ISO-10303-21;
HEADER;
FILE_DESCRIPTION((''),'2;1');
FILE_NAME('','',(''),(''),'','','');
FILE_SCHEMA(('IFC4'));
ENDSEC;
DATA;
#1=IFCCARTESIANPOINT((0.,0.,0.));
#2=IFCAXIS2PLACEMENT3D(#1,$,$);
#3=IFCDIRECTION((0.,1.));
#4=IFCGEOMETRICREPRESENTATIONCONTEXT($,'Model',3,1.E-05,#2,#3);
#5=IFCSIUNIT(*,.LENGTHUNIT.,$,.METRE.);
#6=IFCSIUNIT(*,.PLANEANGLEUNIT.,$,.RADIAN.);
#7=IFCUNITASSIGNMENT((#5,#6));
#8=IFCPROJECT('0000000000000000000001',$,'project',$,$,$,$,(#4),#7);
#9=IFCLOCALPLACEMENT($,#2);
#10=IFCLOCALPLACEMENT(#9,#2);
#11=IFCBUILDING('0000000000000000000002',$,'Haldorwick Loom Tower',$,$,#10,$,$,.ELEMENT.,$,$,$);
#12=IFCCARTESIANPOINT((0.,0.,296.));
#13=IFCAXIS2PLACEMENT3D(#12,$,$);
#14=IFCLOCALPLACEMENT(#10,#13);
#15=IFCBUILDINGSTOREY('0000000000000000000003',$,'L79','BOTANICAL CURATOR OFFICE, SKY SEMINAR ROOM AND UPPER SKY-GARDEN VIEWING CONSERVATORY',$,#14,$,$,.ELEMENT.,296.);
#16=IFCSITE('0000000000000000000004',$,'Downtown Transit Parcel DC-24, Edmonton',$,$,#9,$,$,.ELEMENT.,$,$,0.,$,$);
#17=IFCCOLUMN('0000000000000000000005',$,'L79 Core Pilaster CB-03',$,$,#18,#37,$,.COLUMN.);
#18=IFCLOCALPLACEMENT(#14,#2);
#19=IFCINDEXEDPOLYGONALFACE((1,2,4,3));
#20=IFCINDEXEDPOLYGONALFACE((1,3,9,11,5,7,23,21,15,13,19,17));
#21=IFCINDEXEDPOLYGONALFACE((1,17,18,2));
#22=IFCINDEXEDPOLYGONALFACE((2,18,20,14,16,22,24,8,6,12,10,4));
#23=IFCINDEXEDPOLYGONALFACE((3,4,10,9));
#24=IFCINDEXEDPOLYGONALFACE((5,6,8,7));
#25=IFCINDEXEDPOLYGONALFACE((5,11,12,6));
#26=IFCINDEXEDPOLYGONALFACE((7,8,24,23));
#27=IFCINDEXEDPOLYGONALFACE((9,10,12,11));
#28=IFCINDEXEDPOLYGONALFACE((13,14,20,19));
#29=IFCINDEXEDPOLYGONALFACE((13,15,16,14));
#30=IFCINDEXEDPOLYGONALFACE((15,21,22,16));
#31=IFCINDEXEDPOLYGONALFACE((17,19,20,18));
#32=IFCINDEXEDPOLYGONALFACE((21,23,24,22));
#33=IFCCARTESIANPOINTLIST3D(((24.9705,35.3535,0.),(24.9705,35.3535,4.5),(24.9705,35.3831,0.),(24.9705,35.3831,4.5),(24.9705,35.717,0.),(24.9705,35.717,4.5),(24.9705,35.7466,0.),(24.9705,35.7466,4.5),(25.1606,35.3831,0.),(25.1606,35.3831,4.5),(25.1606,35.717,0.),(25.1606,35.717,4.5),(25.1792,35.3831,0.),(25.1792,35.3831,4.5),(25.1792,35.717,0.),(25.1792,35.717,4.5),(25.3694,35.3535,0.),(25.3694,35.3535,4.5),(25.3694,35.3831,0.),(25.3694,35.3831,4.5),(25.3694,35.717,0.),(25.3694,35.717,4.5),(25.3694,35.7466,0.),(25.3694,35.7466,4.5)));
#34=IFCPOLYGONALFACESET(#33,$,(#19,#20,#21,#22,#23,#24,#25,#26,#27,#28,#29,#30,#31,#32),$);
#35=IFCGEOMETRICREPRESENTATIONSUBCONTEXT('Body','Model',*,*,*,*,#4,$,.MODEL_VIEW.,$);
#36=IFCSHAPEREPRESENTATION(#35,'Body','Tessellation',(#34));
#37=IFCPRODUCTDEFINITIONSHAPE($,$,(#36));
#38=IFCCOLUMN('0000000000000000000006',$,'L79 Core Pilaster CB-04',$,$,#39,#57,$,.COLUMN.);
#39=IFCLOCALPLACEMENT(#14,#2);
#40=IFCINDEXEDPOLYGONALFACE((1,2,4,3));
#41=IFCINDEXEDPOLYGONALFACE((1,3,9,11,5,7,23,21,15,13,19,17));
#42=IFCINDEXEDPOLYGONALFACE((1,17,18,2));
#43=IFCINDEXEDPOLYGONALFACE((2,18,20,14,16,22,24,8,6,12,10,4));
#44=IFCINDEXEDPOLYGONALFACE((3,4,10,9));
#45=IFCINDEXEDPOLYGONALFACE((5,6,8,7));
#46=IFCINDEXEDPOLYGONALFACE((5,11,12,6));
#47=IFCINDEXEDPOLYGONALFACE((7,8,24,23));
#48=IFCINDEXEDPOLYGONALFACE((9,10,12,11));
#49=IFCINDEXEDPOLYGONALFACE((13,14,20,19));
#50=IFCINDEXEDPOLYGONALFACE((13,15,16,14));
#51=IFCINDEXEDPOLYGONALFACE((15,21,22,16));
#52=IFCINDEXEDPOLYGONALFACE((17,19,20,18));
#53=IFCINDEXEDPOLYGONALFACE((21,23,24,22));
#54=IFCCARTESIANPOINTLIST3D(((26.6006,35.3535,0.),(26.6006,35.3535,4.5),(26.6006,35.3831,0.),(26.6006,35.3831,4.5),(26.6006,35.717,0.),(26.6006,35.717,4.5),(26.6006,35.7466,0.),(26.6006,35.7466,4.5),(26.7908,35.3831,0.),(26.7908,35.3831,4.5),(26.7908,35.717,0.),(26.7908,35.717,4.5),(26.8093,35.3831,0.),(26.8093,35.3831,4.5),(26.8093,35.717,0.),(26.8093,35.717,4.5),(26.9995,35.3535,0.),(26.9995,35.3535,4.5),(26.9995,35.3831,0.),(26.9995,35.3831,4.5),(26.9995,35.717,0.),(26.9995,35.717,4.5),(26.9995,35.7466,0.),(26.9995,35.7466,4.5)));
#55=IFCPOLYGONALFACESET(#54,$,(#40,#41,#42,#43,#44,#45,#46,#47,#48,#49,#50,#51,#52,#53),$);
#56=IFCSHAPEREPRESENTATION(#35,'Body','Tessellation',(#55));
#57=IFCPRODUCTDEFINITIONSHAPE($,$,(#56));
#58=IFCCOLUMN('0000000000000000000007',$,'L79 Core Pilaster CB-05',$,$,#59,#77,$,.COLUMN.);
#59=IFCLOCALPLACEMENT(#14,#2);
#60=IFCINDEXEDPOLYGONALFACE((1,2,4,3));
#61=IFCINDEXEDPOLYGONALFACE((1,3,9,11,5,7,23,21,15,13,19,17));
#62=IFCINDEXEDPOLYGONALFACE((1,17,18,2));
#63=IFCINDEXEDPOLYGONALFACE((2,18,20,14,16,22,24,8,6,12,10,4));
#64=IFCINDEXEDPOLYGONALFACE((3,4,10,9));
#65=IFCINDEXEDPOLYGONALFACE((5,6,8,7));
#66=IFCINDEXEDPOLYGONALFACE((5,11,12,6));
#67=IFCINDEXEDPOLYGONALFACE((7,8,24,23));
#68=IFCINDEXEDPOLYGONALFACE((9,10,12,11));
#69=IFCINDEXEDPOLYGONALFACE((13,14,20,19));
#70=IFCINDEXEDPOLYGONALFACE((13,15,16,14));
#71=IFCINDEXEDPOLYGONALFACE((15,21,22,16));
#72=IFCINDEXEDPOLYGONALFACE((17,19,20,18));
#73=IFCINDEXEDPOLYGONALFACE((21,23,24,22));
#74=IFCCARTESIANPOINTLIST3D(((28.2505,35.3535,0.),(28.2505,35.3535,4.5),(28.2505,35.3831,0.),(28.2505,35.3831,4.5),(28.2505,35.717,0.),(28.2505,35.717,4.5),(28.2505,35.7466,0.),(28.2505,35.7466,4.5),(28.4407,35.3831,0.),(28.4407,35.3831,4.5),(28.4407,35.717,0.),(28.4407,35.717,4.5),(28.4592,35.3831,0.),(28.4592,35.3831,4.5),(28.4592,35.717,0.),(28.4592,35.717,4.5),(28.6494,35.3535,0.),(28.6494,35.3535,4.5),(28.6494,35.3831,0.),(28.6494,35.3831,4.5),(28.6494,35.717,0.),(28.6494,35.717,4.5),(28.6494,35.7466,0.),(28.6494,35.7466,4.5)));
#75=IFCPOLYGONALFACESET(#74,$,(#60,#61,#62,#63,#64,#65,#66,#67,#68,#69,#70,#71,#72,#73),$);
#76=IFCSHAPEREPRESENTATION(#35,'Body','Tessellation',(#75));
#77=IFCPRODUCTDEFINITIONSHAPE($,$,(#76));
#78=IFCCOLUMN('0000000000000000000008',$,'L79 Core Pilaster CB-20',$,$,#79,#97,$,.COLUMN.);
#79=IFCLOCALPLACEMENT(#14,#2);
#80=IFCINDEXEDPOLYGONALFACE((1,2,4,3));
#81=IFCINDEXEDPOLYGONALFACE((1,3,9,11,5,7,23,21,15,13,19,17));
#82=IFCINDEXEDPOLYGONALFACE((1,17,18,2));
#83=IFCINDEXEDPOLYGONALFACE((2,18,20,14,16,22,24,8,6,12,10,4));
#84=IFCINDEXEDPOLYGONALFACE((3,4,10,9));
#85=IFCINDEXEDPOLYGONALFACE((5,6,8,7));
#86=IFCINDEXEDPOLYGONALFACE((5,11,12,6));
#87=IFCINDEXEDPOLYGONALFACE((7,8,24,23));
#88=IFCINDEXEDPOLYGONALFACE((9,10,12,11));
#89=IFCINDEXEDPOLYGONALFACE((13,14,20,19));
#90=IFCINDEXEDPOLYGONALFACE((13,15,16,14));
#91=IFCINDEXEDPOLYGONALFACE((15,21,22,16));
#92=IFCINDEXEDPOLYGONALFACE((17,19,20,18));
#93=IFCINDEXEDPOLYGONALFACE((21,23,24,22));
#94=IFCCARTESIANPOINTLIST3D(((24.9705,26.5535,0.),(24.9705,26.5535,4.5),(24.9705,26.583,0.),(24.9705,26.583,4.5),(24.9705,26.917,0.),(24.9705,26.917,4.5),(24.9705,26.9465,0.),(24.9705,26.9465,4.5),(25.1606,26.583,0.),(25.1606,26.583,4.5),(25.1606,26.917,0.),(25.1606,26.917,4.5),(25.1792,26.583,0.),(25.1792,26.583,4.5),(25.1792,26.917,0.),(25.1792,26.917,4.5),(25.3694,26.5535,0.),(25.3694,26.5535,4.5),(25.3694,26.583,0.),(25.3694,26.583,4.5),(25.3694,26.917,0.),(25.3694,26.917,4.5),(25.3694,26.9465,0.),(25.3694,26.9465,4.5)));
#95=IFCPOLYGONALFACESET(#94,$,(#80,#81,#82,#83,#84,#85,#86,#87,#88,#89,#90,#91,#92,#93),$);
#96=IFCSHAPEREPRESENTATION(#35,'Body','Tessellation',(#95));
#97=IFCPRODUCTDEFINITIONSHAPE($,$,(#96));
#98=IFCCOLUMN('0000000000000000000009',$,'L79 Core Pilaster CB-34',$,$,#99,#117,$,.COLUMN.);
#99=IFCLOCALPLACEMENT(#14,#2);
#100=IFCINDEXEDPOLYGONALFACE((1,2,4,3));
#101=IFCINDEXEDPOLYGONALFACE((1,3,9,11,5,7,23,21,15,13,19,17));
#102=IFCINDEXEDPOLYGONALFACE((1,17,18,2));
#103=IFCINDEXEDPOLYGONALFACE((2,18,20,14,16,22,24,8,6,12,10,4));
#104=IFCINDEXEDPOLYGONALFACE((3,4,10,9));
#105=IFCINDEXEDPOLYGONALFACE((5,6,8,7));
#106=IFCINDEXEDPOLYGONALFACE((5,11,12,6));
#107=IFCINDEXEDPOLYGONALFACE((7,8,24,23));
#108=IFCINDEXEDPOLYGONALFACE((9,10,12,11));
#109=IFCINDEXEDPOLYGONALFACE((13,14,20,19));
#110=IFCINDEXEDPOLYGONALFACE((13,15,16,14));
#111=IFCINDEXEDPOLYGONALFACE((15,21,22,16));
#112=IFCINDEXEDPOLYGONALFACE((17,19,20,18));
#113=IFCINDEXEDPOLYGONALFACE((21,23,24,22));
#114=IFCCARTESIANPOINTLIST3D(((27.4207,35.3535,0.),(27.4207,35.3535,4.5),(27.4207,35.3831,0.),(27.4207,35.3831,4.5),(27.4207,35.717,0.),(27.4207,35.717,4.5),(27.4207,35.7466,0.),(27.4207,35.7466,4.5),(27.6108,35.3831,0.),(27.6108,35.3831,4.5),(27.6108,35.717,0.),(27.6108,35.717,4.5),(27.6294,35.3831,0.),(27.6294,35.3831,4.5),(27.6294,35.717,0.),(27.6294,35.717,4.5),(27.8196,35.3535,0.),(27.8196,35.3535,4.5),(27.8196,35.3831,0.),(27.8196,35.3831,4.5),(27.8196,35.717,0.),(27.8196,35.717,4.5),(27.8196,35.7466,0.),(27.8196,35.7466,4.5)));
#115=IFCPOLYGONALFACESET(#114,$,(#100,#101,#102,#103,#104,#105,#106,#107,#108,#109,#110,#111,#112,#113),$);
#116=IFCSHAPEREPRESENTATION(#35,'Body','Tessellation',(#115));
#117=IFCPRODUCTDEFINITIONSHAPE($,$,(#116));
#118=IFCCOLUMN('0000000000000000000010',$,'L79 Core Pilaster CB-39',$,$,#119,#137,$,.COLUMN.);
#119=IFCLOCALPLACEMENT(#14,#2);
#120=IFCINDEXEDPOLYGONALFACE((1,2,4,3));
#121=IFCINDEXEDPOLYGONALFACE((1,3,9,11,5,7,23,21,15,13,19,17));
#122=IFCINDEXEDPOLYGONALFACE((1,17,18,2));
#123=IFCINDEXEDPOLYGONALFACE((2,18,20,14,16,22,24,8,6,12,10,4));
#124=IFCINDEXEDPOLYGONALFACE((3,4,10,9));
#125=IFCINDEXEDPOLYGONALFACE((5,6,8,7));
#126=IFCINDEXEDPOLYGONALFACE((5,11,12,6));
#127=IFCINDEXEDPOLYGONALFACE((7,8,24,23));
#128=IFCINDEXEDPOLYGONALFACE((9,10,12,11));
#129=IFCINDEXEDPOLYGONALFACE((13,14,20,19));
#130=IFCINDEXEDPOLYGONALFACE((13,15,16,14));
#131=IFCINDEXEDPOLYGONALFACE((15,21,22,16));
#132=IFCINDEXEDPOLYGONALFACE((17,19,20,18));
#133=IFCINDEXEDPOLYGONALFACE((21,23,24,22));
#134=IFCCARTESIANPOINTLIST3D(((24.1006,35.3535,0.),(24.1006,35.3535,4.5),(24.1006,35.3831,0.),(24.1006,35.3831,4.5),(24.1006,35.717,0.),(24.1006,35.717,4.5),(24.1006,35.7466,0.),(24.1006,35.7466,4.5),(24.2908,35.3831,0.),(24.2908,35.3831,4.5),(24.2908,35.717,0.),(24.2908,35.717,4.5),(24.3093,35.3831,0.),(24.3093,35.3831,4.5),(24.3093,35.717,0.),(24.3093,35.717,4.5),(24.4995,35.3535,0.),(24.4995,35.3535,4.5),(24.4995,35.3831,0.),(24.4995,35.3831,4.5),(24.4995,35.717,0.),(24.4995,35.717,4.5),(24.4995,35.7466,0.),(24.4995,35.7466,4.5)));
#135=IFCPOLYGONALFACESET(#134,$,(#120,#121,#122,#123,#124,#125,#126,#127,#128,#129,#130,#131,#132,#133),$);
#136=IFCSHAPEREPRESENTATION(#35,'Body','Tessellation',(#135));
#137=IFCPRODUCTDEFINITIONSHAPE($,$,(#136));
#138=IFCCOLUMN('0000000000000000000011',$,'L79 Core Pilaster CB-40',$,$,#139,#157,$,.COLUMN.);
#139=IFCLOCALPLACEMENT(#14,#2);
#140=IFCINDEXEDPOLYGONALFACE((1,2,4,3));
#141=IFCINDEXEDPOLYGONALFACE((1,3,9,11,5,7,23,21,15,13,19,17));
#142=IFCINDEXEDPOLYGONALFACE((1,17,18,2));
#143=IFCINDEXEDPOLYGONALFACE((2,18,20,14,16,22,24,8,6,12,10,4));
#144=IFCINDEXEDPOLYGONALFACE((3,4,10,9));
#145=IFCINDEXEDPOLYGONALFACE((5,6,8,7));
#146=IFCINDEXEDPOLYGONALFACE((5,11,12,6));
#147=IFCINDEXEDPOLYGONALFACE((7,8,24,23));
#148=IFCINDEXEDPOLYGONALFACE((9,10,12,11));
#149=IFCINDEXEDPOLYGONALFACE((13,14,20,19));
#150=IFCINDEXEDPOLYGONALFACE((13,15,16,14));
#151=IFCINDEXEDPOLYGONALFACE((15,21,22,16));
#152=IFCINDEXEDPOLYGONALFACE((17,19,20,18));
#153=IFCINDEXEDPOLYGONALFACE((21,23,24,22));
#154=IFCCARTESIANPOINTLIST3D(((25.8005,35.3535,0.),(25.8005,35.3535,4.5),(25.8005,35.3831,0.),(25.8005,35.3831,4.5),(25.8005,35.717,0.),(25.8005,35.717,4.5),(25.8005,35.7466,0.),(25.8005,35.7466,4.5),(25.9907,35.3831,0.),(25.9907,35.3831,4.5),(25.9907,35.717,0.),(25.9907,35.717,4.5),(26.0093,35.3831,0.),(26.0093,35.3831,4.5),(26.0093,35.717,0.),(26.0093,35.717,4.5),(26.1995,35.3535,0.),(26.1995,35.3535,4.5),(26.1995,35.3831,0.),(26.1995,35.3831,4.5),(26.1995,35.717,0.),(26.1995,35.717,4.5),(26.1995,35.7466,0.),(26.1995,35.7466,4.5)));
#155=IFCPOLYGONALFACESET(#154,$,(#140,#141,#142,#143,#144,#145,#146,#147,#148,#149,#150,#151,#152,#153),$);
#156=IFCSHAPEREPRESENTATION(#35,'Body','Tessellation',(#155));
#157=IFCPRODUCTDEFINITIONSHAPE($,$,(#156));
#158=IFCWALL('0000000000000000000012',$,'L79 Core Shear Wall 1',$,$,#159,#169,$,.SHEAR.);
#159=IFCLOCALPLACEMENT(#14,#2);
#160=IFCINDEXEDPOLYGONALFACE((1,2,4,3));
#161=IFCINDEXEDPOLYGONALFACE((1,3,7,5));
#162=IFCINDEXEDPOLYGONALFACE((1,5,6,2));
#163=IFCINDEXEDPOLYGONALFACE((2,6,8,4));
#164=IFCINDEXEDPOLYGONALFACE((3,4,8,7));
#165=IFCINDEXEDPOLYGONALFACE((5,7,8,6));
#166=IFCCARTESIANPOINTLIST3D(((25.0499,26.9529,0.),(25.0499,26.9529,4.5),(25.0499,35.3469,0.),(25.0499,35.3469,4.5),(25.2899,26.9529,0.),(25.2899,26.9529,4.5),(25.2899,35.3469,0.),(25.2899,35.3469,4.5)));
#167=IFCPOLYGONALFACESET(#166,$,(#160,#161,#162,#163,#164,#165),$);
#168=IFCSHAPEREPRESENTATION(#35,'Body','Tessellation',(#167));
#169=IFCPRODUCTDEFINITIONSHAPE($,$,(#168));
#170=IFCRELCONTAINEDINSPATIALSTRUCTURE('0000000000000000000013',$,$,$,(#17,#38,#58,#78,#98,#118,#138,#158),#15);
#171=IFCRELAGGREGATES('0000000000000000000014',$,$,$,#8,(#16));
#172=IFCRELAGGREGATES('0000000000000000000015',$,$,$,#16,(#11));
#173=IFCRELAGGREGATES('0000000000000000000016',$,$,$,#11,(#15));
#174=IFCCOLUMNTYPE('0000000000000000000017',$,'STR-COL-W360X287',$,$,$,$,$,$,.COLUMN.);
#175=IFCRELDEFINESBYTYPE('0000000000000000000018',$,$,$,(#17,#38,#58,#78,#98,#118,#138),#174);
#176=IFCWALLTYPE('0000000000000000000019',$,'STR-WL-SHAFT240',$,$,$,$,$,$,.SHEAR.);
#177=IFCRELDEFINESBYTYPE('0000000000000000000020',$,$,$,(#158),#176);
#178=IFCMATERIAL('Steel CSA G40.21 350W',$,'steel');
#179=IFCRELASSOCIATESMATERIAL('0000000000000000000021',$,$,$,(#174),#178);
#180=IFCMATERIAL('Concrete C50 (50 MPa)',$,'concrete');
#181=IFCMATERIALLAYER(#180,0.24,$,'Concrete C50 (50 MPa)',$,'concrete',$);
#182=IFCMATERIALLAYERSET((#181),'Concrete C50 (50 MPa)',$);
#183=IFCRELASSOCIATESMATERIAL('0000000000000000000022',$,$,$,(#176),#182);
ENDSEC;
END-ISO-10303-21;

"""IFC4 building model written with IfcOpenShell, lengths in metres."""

from ifc_helpers import new_model, si_unit, direction, frame, frame_2d, origin, origin_2d, place, context, subcontext, project, spatial, rectangle, i_section, extrude, material, layer, layer_set, material_profile, profile_set, type_object, element, save


model = new_model("IFC4")

# Units and contexts
model_context = context("Model", 3, precision=1e-05, world=origin(), true_north=direction((0.0, 1.0)))
body_context = subcontext(model_context, "Body", "Model", "MODEL_VIEW")
ifc_project = project(units=[si_unit("LENGTHUNIT", "METRE"), si_unit("PLANEANGLEUNIT", "RADIAN")], contexts=[model_context])

# Site, building, storey
site_placement = place(None, origin())
site = spatial("IfcSite", under=ifc_project, at=site_placement, Name="Downtown Transit Parcel DC-24, Edmonton", CompositionType="ELEMENT", RefElevation=0.0)
building_placement = place(site_placement, origin())
building = spatial("IfcBuilding", under=site, at=building_placement, Name="Haldorwick Loom Tower", CompositionType="ELEMENT")
storey_placement = place(building_placement, frame((0.0, 0.0, 296.0)))
storey = spatial("IfcBuildingStorey", under=building, at=storey_placement, Name="L79", Description="BOTANICAL CURATOR OFFICE, SKY SEMINAR ROOM AND UPPER SKY-GARDEN VIEWING CONSERVATORY", CompositionType="ELEMENT", Elevation=296.0)

# Columns
ifc_material_1 = material(Name="Steel CSA G40.21 350W", Category="steel")
ifc_material_profile = material_profile(ifc_material_1, i_section(OverallWidth=0.3989, OverallDepth=0.3931, WebThickness=0.0186, FlangeThickness=0.0295, at=origin_2d()), Name="W360X287", Category="steel")
ifc_profile_set = profile_set([ifc_material_profile], Name="Steel CSA G40.21 350W")
column_type = type_object("IfcColumnType", Name="STR-COL-W360X287", PredefinedType="COLUMN", material=ifc_profile_set)
for number, where, z_axis, x_axis, name in (
    (1, (25.1699, 35.55, 0.0), (0.0, 0.0, 1.0), (1.0, 0.0, 0.0), "L79 Core Pilaster CB-03"),
    (2, (26.8, 35.55, 0.0), (0.0, 0.0, 1.0), (1.0, 0.0, 0.0), "L79 Core Pilaster CB-04"),
    (3, (28.45, 35.55, 0.0), (0.0, 0.0, 1.0), (1.0, 0.0, 0.0), "L79 Core Pilaster CB-05"),
    (4, (25.1699, 26.75, 0.0), (0.0, 0.0, 1.0), (1.0, 0.0, 0.0), "L79 Core Pilaster CB-20"),
    (5, (27.6201, 35.55, 0.0), (0.0, 0.0, 1.0), (1.0, 0.0, 0.0), "L79 Core Pilaster CB-34"),
    (6, (24.3, 35.55, 0.0), (0.0, 0.0, 1.0), (1.0, 0.0, 0.0), "L79 Core Pilaster CB-39"),
    (7, (26.0, 35.55, 0.0), (0.0, 0.0, 1.0), (1.0, 0.0, 0.0), "L79 Core Pilaster CB-40"),
):
    element("IfcColumn", number, at=place(storey_placement, frame(where, z_axis=z_axis, x_axis=x_axis)), inside=storey, type_object=column_type, Name=name, PredefinedType="COLUMN", context=body_context, shape_type="SweptSolid", body=[
        extrude(i_section(OverallWidth=0.3989, OverallDepth=0.3931, WebThickness=0.0186, FlangeThickness=0.0295, at=origin_2d()), origin(), (0.0, 0.0, 1.0), 4.5),
    ])

# Wall
ifc_material_2 = material(Name="Concrete C50 (50 MPa)", Category="concrete")
ifc_layer = layer(ifc_material_2, 0.24, Name="Concrete C50 (50 MPa)", Category="concrete")
ifc_layer_set = layer_set([ifc_layer], Name="Concrete C50 (50 MPa)")
wall_type = type_object("IfcWallType", Name="STR-WL-SHAFT240", PredefinedType="SHEAR", material=ifc_layer_set)
wall_1_placement = place(storey_placement, frame((25.1699, 26.9529, 0.0), z_axis=(0.0, 0.0, 1.0), x_axis=(0.0, 1.0, 0.0)))
element("IfcWall", 8, at=wall_1_placement, inside=storey, type_object=wall_type, Name="L79 Core Shear Wall 1", PredefinedType="SHEAR", context=body_context, shape_type="SweptSolid", body=[
    extrude(rectangle(XDim=8.394, YDim=0.24, at=frame_2d((4.197, 0.0))), origin(), (0.0, 0.0, 1.0), 4.5),
])

save(model, "model.ifc")
